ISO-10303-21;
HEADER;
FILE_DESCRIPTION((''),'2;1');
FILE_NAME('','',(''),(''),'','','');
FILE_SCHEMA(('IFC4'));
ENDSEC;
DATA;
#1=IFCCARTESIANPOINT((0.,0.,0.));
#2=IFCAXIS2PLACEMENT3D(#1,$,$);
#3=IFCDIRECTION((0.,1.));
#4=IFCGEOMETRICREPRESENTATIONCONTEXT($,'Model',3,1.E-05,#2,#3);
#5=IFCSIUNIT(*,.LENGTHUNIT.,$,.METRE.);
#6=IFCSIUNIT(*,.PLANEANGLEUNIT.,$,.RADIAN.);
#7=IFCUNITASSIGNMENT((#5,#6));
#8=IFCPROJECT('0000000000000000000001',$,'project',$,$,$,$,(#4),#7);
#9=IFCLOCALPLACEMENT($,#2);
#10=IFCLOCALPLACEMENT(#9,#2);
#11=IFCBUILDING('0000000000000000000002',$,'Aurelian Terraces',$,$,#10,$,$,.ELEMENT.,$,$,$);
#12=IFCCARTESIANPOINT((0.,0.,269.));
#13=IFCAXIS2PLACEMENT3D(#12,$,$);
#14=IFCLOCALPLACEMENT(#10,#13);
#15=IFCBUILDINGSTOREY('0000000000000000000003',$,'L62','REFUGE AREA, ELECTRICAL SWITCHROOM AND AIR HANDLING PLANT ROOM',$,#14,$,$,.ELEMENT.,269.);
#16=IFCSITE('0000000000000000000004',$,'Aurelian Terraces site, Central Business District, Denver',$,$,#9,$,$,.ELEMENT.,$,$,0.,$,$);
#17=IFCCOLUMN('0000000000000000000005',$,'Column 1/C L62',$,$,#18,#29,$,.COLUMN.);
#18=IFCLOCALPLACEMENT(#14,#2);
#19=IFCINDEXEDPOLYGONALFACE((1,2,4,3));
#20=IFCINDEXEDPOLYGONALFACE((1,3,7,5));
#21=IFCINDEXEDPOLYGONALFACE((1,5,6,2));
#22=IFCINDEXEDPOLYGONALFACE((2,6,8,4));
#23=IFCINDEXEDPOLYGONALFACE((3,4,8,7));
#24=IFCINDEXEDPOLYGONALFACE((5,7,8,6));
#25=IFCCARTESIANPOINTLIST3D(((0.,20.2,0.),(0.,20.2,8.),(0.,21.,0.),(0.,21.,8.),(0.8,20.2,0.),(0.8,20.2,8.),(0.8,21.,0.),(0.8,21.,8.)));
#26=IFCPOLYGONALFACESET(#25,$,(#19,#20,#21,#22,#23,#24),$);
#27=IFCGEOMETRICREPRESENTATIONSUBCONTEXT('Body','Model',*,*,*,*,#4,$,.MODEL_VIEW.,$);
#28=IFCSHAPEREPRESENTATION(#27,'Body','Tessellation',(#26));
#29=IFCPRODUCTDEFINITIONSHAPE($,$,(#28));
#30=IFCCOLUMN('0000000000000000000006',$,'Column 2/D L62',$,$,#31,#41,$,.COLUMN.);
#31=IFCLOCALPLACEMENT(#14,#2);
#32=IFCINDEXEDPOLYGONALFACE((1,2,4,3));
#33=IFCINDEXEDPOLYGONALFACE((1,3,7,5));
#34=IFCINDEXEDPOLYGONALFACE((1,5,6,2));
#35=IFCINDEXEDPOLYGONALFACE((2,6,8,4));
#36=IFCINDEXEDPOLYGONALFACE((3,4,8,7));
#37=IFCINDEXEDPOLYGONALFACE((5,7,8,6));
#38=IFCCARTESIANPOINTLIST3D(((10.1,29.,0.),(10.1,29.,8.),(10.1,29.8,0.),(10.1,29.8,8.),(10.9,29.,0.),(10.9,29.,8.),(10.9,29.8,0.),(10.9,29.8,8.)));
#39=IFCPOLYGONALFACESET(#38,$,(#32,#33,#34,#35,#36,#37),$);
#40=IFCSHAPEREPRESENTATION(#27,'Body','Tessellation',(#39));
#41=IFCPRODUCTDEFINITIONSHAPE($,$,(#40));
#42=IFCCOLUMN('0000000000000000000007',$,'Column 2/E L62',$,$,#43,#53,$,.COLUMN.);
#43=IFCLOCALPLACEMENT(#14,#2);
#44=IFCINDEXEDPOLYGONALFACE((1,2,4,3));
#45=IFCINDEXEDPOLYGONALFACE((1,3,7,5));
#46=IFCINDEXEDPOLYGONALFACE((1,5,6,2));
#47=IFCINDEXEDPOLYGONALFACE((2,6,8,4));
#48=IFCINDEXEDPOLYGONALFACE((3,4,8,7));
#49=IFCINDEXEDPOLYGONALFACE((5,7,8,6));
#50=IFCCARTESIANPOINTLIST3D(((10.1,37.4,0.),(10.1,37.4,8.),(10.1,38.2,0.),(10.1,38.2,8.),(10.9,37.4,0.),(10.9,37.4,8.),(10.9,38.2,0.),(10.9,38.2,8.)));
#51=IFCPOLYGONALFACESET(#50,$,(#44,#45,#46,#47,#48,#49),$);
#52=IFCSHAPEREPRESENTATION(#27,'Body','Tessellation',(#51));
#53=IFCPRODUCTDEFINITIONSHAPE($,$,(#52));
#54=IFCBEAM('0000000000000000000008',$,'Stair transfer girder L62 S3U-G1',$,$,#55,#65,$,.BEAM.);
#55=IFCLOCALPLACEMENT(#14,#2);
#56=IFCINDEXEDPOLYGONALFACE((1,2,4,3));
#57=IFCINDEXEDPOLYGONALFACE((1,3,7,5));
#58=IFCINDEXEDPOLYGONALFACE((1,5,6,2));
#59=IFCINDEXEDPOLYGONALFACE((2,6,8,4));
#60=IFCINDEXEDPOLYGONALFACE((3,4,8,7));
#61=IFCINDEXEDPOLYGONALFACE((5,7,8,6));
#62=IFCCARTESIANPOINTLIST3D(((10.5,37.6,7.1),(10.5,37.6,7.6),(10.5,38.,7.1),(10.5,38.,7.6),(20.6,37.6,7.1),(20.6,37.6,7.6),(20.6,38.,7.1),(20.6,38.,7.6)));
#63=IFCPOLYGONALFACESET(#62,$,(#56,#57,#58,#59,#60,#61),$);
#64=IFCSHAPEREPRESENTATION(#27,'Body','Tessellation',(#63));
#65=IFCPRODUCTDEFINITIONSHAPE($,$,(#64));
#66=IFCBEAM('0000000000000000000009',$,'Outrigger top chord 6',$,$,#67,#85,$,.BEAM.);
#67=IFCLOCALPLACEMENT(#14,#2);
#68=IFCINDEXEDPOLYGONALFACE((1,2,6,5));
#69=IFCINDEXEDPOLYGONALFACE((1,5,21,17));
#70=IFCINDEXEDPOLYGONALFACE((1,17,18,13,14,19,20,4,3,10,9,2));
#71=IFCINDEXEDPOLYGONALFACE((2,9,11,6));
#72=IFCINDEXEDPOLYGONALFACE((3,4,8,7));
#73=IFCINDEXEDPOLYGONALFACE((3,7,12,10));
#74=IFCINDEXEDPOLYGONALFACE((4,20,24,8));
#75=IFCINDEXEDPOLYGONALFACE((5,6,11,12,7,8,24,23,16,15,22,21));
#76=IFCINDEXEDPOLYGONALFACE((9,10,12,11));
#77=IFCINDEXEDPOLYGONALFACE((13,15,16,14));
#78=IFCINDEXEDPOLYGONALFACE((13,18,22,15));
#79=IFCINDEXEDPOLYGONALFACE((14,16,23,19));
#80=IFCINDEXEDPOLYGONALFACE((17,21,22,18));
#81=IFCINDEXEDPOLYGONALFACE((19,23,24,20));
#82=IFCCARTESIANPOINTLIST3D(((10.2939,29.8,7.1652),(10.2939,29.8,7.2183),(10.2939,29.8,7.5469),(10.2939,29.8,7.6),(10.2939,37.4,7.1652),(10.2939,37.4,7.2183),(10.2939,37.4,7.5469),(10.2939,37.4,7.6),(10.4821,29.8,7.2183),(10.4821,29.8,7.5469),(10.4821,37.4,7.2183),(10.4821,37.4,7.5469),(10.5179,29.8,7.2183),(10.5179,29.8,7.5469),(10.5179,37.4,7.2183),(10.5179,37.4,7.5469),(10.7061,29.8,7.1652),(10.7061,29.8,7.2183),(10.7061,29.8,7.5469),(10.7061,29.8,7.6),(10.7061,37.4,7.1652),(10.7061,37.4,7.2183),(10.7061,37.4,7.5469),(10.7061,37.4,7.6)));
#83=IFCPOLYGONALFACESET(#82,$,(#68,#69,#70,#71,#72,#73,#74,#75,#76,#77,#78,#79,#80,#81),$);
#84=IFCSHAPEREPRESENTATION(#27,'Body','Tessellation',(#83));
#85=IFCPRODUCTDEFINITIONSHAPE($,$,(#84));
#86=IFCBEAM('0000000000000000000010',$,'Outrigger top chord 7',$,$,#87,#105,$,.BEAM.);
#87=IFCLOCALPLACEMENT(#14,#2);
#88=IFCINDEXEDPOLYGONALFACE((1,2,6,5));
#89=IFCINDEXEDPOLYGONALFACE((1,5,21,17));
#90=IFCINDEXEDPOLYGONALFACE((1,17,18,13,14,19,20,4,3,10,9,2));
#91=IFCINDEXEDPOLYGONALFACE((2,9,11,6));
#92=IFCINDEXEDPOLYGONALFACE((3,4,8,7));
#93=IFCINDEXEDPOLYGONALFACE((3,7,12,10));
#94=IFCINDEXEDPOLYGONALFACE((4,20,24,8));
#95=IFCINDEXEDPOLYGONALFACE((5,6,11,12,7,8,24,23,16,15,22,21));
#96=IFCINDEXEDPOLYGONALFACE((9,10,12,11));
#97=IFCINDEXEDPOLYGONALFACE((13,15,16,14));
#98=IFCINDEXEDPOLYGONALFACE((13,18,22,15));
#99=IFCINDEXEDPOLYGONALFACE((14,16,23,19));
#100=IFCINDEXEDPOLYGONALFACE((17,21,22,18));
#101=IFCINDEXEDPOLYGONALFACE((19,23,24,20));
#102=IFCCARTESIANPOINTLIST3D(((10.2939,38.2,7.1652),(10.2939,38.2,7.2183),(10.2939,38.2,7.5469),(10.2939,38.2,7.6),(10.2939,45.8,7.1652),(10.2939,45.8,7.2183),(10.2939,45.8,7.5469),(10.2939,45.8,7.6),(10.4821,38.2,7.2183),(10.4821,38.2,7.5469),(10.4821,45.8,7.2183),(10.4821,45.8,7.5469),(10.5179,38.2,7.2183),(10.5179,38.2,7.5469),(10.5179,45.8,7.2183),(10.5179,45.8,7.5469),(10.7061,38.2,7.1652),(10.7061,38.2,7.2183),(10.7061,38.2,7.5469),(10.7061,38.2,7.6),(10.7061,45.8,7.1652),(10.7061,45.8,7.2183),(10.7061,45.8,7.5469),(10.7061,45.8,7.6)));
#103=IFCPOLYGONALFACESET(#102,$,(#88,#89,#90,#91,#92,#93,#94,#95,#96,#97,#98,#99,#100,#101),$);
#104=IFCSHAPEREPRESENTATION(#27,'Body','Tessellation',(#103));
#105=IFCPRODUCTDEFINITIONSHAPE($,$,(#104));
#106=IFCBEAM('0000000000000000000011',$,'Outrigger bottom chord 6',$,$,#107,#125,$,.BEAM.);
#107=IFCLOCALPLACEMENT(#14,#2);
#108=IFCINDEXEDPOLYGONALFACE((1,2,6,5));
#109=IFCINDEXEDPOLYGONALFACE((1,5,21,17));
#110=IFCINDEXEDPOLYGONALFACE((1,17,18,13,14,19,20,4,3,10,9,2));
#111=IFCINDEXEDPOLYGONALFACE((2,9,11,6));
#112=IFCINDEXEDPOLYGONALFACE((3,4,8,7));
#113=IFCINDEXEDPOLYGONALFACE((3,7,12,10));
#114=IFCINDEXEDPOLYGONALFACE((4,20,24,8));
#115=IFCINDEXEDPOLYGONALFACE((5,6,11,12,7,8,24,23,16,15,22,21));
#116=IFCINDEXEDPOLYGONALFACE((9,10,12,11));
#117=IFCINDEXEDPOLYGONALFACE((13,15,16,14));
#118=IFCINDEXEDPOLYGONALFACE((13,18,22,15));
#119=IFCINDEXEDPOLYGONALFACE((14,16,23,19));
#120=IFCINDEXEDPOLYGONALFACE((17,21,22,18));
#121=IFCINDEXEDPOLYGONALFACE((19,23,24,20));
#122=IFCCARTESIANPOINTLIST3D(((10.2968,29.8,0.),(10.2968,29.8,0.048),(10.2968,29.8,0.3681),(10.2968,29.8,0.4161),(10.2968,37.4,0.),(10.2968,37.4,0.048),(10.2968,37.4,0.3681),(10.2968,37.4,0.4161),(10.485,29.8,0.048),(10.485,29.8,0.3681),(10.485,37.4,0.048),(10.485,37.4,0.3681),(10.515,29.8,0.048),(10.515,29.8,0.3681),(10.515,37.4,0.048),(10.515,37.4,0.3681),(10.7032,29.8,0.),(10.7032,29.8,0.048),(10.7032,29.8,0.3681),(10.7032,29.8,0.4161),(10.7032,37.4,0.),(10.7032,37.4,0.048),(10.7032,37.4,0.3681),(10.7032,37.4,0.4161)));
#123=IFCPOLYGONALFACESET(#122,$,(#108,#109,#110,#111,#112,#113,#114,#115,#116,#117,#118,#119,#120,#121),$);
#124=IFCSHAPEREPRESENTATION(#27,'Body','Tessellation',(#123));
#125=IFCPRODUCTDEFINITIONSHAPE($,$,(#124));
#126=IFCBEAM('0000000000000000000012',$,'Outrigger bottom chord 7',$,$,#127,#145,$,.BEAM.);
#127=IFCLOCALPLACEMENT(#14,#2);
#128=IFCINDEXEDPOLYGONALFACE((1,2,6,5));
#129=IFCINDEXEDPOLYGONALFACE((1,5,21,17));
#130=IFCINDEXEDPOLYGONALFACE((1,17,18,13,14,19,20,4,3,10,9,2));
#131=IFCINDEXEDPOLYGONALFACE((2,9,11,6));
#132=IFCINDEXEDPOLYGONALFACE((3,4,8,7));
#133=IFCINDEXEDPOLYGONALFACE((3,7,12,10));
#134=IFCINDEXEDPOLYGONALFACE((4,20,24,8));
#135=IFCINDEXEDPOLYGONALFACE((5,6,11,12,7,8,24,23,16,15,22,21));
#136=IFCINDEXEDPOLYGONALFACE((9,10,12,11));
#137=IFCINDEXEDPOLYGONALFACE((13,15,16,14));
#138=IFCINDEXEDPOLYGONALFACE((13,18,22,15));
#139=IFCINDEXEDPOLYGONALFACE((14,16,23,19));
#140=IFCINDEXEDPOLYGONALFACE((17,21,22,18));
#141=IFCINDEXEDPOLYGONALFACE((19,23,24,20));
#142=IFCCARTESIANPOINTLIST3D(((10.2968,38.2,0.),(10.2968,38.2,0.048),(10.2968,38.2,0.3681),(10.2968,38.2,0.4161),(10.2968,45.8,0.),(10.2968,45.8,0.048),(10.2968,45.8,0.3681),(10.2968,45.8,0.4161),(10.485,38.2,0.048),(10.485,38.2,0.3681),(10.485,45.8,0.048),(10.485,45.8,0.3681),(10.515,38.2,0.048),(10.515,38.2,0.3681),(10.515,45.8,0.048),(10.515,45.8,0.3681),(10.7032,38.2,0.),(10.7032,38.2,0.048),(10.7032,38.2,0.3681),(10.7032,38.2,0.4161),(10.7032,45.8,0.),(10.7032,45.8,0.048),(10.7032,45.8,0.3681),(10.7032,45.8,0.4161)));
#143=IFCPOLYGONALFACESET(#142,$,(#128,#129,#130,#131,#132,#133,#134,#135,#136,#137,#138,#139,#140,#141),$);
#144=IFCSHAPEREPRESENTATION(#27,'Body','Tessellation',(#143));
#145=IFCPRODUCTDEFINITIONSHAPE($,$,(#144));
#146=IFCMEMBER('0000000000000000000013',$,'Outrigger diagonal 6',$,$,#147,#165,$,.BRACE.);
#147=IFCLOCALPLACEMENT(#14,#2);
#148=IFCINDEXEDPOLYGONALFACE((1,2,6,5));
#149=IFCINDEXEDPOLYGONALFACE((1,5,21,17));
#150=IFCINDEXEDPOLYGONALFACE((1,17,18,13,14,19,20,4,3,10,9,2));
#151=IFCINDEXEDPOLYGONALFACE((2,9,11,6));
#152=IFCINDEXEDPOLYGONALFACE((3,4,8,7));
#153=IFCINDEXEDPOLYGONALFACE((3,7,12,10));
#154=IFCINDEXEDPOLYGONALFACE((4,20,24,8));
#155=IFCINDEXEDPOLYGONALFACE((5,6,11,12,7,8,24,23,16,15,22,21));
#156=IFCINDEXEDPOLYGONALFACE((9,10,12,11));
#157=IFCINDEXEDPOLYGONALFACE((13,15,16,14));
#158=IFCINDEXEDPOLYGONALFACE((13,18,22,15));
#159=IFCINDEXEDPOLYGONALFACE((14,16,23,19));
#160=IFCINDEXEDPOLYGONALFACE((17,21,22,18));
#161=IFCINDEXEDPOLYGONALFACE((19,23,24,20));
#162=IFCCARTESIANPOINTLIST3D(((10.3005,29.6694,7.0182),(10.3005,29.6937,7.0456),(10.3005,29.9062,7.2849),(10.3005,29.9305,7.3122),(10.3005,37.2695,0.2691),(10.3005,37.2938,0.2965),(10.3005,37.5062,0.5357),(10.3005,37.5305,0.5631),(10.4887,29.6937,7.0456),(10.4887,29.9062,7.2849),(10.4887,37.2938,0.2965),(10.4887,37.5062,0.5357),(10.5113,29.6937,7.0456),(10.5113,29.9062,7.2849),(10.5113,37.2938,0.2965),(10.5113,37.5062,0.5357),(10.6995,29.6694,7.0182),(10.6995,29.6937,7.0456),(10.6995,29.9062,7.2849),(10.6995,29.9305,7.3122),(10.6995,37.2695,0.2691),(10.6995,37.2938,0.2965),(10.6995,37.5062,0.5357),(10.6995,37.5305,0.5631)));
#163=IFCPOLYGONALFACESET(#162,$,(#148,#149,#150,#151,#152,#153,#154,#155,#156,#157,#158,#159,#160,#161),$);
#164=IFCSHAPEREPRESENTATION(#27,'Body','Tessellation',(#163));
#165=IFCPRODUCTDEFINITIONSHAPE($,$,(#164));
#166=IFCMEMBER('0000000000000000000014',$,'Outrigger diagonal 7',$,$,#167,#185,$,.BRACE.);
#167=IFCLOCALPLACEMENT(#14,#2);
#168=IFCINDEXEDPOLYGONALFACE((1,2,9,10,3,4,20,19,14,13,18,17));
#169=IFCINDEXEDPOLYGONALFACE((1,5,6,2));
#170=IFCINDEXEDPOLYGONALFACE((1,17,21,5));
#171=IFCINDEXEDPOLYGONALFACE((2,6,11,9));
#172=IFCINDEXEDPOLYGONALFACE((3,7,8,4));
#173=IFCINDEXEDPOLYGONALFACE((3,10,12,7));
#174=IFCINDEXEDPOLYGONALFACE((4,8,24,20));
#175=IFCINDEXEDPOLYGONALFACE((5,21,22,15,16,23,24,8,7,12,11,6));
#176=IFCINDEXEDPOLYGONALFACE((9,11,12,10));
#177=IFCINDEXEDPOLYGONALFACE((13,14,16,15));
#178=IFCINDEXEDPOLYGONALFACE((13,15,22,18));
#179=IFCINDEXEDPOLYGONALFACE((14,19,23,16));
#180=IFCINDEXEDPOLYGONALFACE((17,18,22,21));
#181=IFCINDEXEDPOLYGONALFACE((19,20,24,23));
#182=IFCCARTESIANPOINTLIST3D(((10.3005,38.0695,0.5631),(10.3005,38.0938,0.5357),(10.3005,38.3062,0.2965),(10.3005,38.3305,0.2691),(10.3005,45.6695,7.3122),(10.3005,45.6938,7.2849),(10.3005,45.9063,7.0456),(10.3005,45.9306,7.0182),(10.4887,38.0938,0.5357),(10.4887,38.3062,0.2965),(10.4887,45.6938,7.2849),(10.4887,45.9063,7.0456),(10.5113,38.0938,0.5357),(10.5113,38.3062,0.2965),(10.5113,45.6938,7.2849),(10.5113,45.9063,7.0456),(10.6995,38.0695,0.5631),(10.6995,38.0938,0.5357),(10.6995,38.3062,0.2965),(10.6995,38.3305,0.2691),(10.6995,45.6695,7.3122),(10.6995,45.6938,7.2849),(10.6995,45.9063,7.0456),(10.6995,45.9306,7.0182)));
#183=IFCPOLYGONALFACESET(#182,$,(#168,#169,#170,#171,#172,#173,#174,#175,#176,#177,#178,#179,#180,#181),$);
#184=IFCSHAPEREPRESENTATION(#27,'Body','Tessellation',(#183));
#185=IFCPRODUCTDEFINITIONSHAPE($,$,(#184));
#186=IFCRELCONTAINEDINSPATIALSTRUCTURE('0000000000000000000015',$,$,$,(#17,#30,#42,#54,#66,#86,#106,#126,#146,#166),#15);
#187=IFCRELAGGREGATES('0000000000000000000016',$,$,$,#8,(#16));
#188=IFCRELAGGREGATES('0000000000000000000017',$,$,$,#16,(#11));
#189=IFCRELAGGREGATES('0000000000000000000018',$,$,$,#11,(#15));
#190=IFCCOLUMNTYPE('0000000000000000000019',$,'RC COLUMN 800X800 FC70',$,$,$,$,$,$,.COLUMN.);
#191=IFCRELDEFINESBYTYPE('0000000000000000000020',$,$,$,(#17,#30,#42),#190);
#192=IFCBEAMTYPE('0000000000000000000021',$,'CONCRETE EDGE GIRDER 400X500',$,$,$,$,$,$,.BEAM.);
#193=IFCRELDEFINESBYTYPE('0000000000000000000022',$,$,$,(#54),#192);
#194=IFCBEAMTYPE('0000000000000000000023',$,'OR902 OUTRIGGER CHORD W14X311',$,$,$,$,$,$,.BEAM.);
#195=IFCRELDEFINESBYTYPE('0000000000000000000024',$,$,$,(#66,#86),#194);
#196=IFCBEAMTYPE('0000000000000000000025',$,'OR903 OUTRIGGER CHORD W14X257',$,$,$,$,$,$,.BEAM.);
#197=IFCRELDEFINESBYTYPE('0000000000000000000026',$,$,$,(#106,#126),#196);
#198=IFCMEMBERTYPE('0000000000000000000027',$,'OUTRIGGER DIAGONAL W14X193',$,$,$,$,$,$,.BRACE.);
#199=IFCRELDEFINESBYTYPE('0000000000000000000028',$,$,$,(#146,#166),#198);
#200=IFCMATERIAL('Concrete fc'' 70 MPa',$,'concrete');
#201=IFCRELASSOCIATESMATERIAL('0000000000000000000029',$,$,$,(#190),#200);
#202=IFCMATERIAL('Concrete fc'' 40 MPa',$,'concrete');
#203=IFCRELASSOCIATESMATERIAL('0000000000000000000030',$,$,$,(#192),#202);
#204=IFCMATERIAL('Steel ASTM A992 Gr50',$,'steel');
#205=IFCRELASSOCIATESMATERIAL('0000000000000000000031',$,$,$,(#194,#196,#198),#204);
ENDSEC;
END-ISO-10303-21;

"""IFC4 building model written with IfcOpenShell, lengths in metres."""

from ifc_helpers import new_model, si_unit, direction, frame, origin, origin_2d, place, context, subcontext, project, spatial, rectangle, i_section, extrude, source, transform, mapped, material, material_profile, profile_set, type_object, element, save


model = new_model("IFC4")

# Units and contexts
model_context = context("Model", 3, precision=1e-05, world=origin(), true_north=direction((0.0, 1.0)))
body_context = subcontext(model_context, "Body", "Model", "MODEL_VIEW")
ifc_project = project(units=[si_unit("LENGTHUNIT", "METRE"), si_unit("PLANEANGLEUNIT", "RADIAN")], contexts=[model_context])

# Site, building, storey
site_placement = place(None, origin())
site = spatial("IfcSite", under=ifc_project, at=site_placement, Name="Aurelian Terraces site, Central Business District, Denver", CompositionType="ELEMENT", RefElevation=0.0)
building_placement = place(site_placement, origin())
building = spatial("IfcBuilding", under=site, at=building_placement, Name="Aurelian Terraces", CompositionType="ELEMENT")
storey_placement = place(building_placement, frame((0.0, 0.0, 269.0)))
storey = spatial("IfcBuildingStorey", under=building, at=storey_placement, Name="L62", Description="REFUGE AREA, ELECTRICAL SWITCHROOM AND AIR HANDLING PLANT ROOM", CompositionType="ELEMENT", Elevation=269.0)

# Columns
ifc_material_1 = material(Name="Concrete fc' 70 MPa", Category="concrete")
ifc_material_profile_1 = material_profile(ifc_material_1, rectangle(XDim=0.8, YDim=0.8, at=origin_2d()))
ifc_profile_set_1 = profile_set([ifc_material_profile_1], Name="Concrete fc' 70 MPa")
column_type = type_object("IfcColumnType", Name="RC COLUMN 800X800 FC70", PredefinedType="COLUMN", material=ifc_profile_set_1)
shared_shape_1 = source(origin(), body_context, "Body", "SweptSolid", [
    extrude(rectangle(XDim=0.8, YDim=0.8, at=origin_2d()), origin(), (0.0, 0.0, 1.0), 8.0),
])
for number, where, z_axis, x_axis, name in (
    (1, (0.4, 20.6, 0.0), (0.0, 0.0, 1.0), (1.0, 0.0, 0.0), "Column 1/C L62"),
    (2, (10.5, 29.4, 0.0), (0.0, 0.0, 1.0), (1.0, 0.0, 0.0), "Column 2/D L62"),
    (3, (10.5, 37.8, 0.0), (0.0, 0.0, 1.0), (1.0, 0.0, 0.0), "Column 2/E L62"),
):
    element("IfcColumn", number, at=place(storey_placement, frame(where, z_axis=z_axis, x_axis=x_axis)), inside=storey, type_object=column_type, Name=name, PredefinedType="COLUMN", context=body_context, shape_type="MappedRepresentation", body=[
        mapped(shared_shape_1, transform((0.0, 0.0, 0.0), scale=1.0)),
    ])

# Beams
ifc_material_2 = material(Name="Concrete fc' 40 MPa", Category="concrete")
ifc_material_profile_2 = material_profile(ifc_material_2, rectangle(XDim=0.4, YDim=0.5, at=origin_2d()))
ifc_profile_set_2 = profile_set([ifc_material_profile_2], Name="Concrete fc' 40 MPa")
beam_type_1 = type_object("IfcBeamType", Name="CONCRETE EDGE GIRDER 400X500", PredefinedType="BEAM", material=ifc_profile_set_2)
beam_1_placement = place(storey_placement, frame((10.5, 37.8, 7.35), z_axis=(1.0, 0.0, 0.0), x_axis=(0.0, 1.0, 0.0)))
element("IfcBeam", 4, at=beam_1_placement, inside=storey, type_object=beam_type_1, Name="Stair transfer girder L62 S3U-G1", PredefinedType="BEAM", context=body_context, shape_type="SweptSolid", body=[
    extrude(rectangle(XDim=0.4, YDim=0.5, at=origin_2d()), origin(), (0.0, 0.0, 1.0), 10.1),
])
ifc_material_3 = material(Name="Steel ASTM A992 Gr50", Category="steel")
ifc_material_profile_3 = material_profile(ifc_material_3, i_section(OverallWidth=0.4122, OverallDepth=0.4348, WebThickness=0.0358, FlangeThickness=0.0531, at=origin_2d()))
ifc_profile_set_3 = profile_set([ifc_material_profile_3], Name="Steel ASTM A992 Gr50")
beam_type_2 = type_object("IfcBeamType", Name="OR902 OUTRIGGER CHORD W14X311", PredefinedType="BEAM", material=ifc_profile_set_3)
shared_shape_2 = source(origin(), body_context, "Body", "SweptSolid", [
    extrude(i_section(OverallWidth=0.4122, OverallDepth=0.4348, WebThickness=0.0358, FlangeThickness=0.0531, at=origin_2d()), origin(), (0.0, 0.0, 1.0), 7.6),
])
for number, where, z_axis, x_axis, name in (
    (5, (10.5, 29.8, 7.3826), (0.0, 1.0, 0.0), (-1.0, 0.0, 0.0), "Outrigger top chord 6"),
    (6, (10.5, 38.2, 7.3826), (0.0, 1.0, 0.0), (-1.0, 0.0, 0.0), "Outrigger top chord 7"),
):
    element("IfcBeam", number, at=place(storey_placement, frame(where, z_axis=z_axis, x_axis=x_axis)), inside=storey, type_object=beam_type_2, Name=name, PredefinedType="BEAM", context=body_context, shape_type="MappedRepresentation", body=[
        mapped(shared_shape_2, transform((0.0, 0.0, 0.0), scale=1.0)),
    ])
ifc_material_profile_4 = material_profile(ifc_material_3, i_section(OverallWidth=0.4063, OverallDepth=0.4161, WebThickness=0.03, FlangeThickness=0.048, at=origin_2d()))
ifc_profile_set_4 = profile_set([ifc_material_profile_4], Name="Steel ASTM A992 Gr50")
beam_type_3 = type_object("IfcBeamType", Name="OR903 OUTRIGGER CHORD W14X257", PredefinedType="BEAM", material=ifc_profile_set_4)
shared_shape_3 = source(origin(), body_context, "Body", "SweptSolid", [
    extrude(i_section(OverallWidth=0.4063, OverallDepth=0.4161, WebThickness=0.03, FlangeThickness=0.048, at=origin_2d()), origin(), (0.0, 0.0, 1.0), 7.6),
])
for number, where, z_axis, x_axis, name in (
    (7, (10.5, 29.8, 0.208), (0.0, 1.0, 0.0), (-1.0, 0.0, 0.0), "Outrigger bottom chord 6"),
    (8, (10.5, 38.2, 0.208), (0.0, 1.0, 0.0), (-1.0, 0.0, 0.0), "Outrigger bottom chord 7"),
):
    element("IfcBeam", number, at=place(storey_placement, frame(where, z_axis=z_axis, x_axis=x_axis)), inside=storey, type_object=beam_type_3, Name=name, PredefinedType="BEAM", context=body_context, shape_type="MappedRepresentation", body=[
        mapped(shared_shape_3, transform((0.0, 0.0, 0.0), scale=1.0)),
    ])

# Members
ifc_material_profile_5 = material_profile(ifc_material_3, i_section(OverallWidth=0.399, OverallDepth=0.3932, WebThickness=0.0226, FlangeThickness=0.0366, at=origin_2d()))
ifc_profile_set_5 = profile_set([ifc_material_profile_5], Name="Steel ASTM A992 Gr50")
member_type = type_object("IfcMemberType", Name="OUTRIGGER DIAGONAL W14X193", PredefinedType="BRACE", material=ifc_profile_set_5)
shared_shape_4 = source(origin(), body_context, "Body", "SweptSolid", [
    extrude(i_section(OverallWidth=0.399, OverallDepth=0.3932, WebThickness=0.0226, FlangeThickness=0.0366, at=origin_2d()), origin(), (0.0, 0.0, 1.0), 10.1642),
])
for number, where, z_axis, x_axis, name in (
    (9, (10.5, 37.4, 0.4161), (0.0, -0.747725, 0.664009), (1.0, 0.0, 0.0), "Outrigger diagonal 6"),
    (10, (10.5, 38.2, 0.4161), (0.0, 0.747725, 0.664009), (-1.0, 0.0, 0.0), "Outrigger diagonal 7"),
):
    element("IfcMember", number, at=place(storey_placement, frame(where, z_axis=z_axis, x_axis=x_axis)), inside=storey, type_object=member_type, Name=name, PredefinedType="BRACE", context=body_context, shape_type="MappedRepresentation", body=[
        mapped(shared_shape_4, transform((0.0, 0.0, 0.0), scale=1.0)),
    ])

save(model, "model.ifc")
